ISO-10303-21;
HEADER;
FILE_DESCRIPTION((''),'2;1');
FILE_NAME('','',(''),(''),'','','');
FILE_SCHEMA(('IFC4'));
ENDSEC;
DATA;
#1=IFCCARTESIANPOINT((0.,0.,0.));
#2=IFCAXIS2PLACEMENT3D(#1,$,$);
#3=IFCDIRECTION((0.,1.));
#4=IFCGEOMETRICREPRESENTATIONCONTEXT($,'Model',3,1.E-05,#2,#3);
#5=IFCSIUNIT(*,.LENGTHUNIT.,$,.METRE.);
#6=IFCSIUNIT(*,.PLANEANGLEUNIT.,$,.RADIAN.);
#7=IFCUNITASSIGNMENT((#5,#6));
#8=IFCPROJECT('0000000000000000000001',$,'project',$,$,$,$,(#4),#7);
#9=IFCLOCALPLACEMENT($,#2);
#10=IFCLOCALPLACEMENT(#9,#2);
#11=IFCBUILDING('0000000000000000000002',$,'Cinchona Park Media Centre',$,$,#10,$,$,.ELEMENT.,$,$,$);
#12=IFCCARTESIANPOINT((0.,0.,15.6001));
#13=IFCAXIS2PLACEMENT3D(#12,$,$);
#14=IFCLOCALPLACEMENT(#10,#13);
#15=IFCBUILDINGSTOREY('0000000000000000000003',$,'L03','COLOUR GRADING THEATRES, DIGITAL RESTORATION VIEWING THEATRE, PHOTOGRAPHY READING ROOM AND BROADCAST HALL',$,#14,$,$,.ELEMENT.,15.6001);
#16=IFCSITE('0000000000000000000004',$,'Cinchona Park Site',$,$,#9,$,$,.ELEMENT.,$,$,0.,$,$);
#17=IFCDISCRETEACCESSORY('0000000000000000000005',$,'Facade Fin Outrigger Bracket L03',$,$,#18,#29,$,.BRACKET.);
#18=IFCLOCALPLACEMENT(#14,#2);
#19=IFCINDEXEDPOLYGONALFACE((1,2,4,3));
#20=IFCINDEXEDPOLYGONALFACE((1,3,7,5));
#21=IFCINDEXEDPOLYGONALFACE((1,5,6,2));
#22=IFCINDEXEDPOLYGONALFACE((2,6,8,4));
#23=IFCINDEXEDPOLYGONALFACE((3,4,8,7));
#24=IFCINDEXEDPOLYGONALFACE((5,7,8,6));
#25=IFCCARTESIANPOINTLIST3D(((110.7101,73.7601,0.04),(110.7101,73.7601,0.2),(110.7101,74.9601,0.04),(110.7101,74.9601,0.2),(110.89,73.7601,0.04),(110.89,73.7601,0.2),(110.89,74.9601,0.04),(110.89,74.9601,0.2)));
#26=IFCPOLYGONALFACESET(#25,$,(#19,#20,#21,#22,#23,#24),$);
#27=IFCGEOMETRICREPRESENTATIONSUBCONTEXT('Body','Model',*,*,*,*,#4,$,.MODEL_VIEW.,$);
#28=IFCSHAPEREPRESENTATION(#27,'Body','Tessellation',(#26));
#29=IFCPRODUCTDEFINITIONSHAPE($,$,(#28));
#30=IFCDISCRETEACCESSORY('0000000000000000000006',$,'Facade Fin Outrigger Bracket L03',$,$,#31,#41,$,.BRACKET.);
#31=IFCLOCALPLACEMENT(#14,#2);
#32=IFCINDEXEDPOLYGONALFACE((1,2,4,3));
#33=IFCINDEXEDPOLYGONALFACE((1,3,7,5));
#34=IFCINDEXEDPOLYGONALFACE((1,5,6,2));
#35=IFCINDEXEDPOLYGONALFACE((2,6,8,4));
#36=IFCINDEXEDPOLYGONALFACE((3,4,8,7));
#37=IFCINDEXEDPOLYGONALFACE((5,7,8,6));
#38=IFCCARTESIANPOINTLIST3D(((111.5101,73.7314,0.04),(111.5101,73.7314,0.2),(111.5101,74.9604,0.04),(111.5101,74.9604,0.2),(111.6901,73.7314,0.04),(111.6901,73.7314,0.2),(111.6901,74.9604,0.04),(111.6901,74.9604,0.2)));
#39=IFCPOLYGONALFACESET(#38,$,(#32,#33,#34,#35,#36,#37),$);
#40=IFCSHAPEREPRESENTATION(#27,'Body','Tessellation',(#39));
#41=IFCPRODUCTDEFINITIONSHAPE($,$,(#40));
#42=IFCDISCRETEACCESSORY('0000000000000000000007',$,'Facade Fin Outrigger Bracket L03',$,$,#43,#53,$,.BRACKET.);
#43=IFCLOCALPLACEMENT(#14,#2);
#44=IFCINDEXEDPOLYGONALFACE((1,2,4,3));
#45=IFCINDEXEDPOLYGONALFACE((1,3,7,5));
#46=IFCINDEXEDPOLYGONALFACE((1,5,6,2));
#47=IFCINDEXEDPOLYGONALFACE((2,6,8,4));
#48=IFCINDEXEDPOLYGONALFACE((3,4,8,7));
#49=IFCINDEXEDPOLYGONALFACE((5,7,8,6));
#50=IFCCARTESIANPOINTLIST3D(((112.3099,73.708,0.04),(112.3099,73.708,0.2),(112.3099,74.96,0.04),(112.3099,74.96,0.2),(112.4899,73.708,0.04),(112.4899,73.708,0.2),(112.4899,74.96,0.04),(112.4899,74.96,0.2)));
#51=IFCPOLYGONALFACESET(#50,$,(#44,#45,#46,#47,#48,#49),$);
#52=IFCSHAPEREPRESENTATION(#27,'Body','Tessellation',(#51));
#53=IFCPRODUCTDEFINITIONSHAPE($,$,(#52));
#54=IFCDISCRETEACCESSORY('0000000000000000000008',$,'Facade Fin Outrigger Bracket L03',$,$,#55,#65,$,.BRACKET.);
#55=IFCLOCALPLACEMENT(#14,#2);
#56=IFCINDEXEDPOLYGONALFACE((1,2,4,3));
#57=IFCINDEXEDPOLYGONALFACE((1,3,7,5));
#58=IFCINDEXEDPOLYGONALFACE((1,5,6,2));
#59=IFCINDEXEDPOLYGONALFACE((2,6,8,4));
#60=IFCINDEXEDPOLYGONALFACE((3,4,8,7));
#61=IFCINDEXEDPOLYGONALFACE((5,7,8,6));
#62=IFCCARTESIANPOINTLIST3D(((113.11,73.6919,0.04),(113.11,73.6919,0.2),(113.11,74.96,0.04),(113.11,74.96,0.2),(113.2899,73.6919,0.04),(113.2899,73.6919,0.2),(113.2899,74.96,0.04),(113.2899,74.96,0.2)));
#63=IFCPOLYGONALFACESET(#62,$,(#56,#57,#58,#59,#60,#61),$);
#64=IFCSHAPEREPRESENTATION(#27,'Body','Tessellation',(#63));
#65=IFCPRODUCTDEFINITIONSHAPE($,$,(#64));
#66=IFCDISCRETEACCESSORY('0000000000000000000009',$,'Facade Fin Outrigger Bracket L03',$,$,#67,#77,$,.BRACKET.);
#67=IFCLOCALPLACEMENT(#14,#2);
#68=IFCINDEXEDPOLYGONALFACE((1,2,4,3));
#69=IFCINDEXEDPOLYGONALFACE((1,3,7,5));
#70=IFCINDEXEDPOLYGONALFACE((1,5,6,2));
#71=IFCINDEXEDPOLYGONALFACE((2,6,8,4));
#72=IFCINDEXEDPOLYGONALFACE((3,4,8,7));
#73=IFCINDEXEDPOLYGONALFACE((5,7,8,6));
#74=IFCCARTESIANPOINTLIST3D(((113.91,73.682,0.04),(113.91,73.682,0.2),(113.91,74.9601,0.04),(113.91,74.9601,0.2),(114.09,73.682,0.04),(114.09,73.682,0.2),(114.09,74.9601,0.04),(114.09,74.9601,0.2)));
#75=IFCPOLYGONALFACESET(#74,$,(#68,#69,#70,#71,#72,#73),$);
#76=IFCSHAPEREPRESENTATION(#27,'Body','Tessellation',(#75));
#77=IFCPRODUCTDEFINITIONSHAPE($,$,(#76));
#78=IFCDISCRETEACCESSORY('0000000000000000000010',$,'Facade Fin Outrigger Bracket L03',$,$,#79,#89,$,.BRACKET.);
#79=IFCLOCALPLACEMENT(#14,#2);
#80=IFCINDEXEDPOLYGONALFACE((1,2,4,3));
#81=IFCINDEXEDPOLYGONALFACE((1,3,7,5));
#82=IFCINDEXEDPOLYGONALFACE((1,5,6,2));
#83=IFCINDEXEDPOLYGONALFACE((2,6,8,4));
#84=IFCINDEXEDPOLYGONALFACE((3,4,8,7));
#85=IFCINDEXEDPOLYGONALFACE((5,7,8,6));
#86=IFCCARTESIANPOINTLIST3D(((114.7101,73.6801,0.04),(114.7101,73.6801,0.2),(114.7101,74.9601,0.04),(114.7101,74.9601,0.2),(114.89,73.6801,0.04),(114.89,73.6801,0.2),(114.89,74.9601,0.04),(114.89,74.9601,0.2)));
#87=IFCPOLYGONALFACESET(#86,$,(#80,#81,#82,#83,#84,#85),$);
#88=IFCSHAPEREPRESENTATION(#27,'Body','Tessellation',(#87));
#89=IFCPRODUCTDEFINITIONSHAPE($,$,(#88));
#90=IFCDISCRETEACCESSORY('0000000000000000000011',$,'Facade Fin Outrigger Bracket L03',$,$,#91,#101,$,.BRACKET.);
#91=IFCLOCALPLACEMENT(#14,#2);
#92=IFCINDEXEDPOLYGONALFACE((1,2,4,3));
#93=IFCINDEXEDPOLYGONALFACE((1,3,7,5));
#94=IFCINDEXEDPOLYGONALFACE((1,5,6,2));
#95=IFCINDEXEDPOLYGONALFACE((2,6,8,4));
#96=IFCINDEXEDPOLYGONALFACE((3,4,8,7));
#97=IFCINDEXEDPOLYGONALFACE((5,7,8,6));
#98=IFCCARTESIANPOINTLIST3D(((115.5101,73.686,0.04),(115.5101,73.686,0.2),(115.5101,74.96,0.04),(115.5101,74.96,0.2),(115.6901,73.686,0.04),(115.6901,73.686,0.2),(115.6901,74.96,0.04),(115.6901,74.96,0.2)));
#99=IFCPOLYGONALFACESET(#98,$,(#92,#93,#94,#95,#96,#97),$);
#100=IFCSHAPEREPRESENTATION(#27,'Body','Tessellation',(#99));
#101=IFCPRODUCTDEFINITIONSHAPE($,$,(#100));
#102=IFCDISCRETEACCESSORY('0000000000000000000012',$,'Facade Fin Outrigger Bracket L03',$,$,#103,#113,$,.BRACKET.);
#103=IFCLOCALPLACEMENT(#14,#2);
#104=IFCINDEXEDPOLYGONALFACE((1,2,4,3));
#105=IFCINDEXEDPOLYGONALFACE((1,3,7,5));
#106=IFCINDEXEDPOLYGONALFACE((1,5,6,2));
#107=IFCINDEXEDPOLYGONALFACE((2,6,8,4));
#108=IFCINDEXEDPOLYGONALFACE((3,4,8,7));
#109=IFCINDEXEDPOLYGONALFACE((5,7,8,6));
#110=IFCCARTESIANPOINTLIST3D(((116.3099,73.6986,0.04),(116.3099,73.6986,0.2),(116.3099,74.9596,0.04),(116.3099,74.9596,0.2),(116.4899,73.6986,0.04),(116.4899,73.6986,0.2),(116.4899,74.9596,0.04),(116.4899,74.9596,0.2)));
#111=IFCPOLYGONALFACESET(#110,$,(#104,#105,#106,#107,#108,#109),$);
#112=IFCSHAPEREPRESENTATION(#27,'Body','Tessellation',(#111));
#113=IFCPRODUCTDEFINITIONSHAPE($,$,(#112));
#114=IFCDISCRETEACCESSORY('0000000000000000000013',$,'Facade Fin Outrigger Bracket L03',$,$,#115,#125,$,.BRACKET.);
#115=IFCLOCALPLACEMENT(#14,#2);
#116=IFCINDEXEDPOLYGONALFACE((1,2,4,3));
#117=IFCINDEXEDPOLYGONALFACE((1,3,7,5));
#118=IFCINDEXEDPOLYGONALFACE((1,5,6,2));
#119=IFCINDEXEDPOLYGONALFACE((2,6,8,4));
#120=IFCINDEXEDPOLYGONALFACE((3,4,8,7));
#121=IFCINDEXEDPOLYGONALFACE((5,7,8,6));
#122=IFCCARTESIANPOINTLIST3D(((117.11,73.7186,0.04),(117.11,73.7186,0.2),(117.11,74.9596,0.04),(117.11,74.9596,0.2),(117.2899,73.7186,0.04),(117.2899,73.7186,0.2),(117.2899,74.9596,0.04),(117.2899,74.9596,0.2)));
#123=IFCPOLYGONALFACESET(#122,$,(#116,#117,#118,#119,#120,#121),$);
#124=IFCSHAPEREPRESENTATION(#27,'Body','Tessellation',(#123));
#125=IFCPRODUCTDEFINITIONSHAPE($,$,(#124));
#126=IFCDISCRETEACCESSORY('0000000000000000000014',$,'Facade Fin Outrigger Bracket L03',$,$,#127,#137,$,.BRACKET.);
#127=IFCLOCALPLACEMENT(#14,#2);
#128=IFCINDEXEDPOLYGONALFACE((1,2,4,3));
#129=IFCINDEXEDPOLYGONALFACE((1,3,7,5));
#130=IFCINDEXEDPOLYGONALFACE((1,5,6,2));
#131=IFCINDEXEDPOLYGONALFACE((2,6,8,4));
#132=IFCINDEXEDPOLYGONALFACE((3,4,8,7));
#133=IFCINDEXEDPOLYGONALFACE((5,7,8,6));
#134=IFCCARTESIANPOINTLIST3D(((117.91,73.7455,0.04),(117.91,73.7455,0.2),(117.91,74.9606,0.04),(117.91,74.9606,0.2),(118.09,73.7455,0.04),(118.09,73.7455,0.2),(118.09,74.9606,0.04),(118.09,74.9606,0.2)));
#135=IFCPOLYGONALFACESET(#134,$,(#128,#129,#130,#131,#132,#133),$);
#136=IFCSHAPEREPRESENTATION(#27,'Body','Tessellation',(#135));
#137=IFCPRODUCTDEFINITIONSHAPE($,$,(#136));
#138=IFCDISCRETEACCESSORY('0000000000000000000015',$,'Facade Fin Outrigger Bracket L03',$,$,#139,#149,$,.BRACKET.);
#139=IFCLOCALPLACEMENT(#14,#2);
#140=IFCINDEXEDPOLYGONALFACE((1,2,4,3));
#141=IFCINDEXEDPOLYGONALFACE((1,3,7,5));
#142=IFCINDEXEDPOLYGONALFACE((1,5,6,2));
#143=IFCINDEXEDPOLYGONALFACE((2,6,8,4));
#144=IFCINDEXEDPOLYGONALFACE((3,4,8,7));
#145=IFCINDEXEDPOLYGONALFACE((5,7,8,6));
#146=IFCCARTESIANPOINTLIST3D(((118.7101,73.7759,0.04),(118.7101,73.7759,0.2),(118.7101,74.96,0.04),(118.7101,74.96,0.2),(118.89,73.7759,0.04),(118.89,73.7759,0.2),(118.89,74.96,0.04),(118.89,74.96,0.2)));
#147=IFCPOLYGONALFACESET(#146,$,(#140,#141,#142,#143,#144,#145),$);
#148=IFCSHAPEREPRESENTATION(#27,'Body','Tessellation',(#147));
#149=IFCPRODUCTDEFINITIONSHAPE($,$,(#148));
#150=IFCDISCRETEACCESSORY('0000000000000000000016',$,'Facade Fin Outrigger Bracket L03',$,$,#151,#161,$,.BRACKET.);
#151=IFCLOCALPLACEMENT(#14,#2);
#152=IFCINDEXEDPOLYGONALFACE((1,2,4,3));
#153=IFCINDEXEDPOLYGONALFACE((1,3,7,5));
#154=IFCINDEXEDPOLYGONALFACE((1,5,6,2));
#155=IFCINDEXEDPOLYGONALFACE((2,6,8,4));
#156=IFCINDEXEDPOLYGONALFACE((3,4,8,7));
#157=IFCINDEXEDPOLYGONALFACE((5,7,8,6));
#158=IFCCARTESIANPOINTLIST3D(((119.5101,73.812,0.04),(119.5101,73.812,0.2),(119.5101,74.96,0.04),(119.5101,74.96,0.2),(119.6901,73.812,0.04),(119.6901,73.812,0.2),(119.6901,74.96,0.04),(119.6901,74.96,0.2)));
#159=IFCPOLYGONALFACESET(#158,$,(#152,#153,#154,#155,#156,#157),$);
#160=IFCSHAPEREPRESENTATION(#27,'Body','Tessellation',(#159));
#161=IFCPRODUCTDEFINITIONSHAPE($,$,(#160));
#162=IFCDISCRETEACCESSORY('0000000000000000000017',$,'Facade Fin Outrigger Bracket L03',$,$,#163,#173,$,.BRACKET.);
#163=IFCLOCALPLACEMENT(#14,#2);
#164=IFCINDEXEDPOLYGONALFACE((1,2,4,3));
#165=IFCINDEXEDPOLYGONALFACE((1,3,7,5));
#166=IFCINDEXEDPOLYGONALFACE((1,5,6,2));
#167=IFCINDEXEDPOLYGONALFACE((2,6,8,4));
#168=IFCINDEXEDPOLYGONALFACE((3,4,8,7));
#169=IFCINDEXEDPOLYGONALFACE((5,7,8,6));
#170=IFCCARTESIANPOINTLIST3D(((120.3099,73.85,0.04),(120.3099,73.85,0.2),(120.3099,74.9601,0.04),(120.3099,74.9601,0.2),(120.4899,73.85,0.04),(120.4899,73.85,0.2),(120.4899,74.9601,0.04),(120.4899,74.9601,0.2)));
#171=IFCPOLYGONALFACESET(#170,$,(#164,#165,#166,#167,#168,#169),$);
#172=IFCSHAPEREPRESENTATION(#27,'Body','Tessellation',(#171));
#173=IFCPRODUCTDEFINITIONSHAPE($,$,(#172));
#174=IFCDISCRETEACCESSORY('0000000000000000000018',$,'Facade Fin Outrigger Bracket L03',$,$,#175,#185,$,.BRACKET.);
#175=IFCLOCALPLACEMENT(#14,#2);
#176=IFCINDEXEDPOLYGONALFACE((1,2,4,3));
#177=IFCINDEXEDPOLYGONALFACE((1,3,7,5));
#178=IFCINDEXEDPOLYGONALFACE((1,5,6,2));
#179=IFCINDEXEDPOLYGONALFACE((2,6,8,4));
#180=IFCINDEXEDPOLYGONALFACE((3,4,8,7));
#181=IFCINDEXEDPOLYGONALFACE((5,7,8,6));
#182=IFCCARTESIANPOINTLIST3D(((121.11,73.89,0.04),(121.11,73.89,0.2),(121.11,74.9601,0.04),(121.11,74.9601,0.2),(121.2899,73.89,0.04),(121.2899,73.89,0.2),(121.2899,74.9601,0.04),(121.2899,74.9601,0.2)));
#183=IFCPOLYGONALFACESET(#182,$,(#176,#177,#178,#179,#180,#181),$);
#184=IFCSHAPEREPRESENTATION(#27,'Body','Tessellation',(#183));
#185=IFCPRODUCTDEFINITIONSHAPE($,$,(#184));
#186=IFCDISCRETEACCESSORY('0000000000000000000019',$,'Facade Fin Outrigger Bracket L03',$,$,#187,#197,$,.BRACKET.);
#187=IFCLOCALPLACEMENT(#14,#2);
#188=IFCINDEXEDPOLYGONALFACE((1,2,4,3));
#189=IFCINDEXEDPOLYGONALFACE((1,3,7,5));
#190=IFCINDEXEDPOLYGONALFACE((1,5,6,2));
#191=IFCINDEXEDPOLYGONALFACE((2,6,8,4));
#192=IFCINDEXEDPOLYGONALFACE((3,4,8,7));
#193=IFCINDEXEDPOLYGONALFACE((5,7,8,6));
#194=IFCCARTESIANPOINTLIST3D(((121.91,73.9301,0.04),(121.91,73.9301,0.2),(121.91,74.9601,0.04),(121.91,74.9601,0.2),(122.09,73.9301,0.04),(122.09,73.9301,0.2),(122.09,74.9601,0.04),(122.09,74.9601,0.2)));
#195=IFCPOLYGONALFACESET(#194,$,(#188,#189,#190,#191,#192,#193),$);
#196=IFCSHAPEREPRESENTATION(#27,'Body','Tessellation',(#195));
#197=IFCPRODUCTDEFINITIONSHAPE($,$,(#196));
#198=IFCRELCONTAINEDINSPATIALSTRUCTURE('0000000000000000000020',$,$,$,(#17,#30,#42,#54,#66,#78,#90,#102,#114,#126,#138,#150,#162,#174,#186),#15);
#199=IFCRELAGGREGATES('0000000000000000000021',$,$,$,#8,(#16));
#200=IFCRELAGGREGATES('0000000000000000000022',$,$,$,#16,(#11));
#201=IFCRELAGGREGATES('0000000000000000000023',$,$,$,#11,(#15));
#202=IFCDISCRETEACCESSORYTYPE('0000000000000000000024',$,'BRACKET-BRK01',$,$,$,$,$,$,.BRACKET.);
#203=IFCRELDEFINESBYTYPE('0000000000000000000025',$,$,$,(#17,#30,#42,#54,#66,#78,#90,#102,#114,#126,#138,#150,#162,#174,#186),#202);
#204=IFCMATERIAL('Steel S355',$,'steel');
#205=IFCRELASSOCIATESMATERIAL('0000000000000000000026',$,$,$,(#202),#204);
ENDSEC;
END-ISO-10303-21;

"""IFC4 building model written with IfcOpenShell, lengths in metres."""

from ifc_helpers import new_model, si_unit, direction, frame, origin, origin_2d, place, context, subcontext, project, spatial, rectangle, extrude, material, type_object, element, save


model = new_model("IFC4")

# Units and contexts
model_context = context("Model", 3, precision=1e-05, world=origin(), true_north=direction((0.0, 1.0)))
body_context = subcontext(model_context, "Body", "Model", "MODEL_VIEW")
ifc_project = project(units=[si_unit("LENGTHUNIT", "METRE"), si_unit("PLANEANGLEUNIT", "RADIAN")], contexts=[model_context])

# Site, building, storey
site_placement = place(None, origin())
site = spatial("IfcSite", under=ifc_project, at=site_placement, Name="Cinchona Park Site", CompositionType="ELEMENT", RefElevation=0.0)
building_placement = place(site_placement, origin())
building = spatial("IfcBuilding", under=site, at=building_placement, Name="Cinchona Park Media Centre", CompositionType="ELEMENT")
storey_placement = place(building_placement, frame((0.0, 0.0, 15.6001)))
storey = spatial("IfcBuildingStorey", under=building, at=storey_placement, Name="L03", Description="COLOUR GRADING THEATRES, DIGITAL RESTORATION VIEWING THEATRE, PHOTOGRAPHY READING ROOM AND BROADCAST HALL", CompositionType="ELEMENT", Elevation=15.6001)

# Discrete accessories
ifc_material_1 = material(Name="Steel S355", Category="steel")
discrete_accessory_type = type_object("IfcDiscreteAccessoryType", Name="BRACKET-BRK01", PredefinedType="BRACKET", material=ifc_material_1)
discrete_accessory_1_placement = place(storey_placement, frame((110.8, 74.3601, 0.04), z_axis=(0.0, 0.0, 1.0), x_axis=(1.0, 0.0, 0.0)))
element("IfcDiscreteAccessory", 1, at=discrete_accessory_1_placement, inside=storey, type_object=discrete_accessory_type, Name="Facade Fin Outrigger Bracket L03", PredefinedType="BRACKET", context=body_context, shape_type="SweptSolid", body=[
    extrude(rectangle(XDim=0.1799, YDim=1.2, at=origin_2d()), origin(), (0.0, 0.0, 1.0), 0.1599),
])
discrete_accessory_2_placement = place(storey_placement, frame((111.6001, 74.3459, 0.04), z_axis=(0.0, 0.0, 1.0), x_axis=(1.0, 0.0, 0.0)))
element("IfcDiscreteAccessory", 2, at=discrete_accessory_2_placement, inside=storey, type_object=discrete_accessory_type, Name="Facade Fin Outrigger Bracket L03", PredefinedType="BRACKET", context=body_context, shape_type="SweptSolid", body=[
    extrude(rectangle(XDim=0.1799, YDim=1.229, at=origin_2d()), origin(), (0.0, 0.0, 1.0), 0.1599),
])
discrete_accessory_3_placement = place(storey_placement, frame((112.3999, 74.334, 0.04), z_axis=(0.0, 0.0, 1.0), x_axis=(1.0, 0.0, 0.0)))
element("IfcDiscreteAccessory", 3, at=discrete_accessory_3_placement, inside=storey, type_object=discrete_accessory_type, Name="Facade Fin Outrigger Bracket L03", PredefinedType="BRACKET", context=body_context, shape_type="SweptSolid", body=[
    extrude(rectangle(XDim=0.1799, YDim=1.252, at=origin_2d()), origin(), (0.0, 0.0, 1.0), 0.1599),
])
discrete_accessory_4_placement = place(storey_placement, frame((113.2, 74.3259, 0.04), z_axis=(0.0, 0.0, 1.0), x_axis=(1.0, 0.0, 0.0)))
element("IfcDiscreteAccessory", 4, at=discrete_accessory_4_placement, inside=storey, type_object=discrete_accessory_type, Name="Facade Fin Outrigger Bracket L03", PredefinedType="BRACKET", context=body_context, shape_type="SweptSolid", body=[
    extrude(rectangle(XDim=0.1799, YDim=1.2681, at=origin_2d()), origin(), (0.0, 0.0, 1.0), 0.1599),
])
discrete_accessory_5_placement = place(storey_placement, frame((114.0, 74.321, 0.04), z_axis=(0.0, 0.0, 1.0), x_axis=(1.0, 0.0, 0.0)))
element("IfcDiscreteAccessory", 5, at=discrete_accessory_5_placement, inside=storey, type_object=discrete_accessory_type, Name="Facade Fin Outrigger Bracket L03", PredefinedType="BRACKET", context=body_context, shape_type="SweptSolid", body=[
    extrude(rectangle(XDim=0.1799, YDim=1.2781, at=origin_2d()), origin(), (0.0, 0.0, 1.0), 0.1599),
])
discrete_accessory_6_placement = place(storey_placement, frame((114.8, 74.3201, 0.04), z_axis=(0.0, 0.0, 1.0), x_axis=(1.0, 0.0, 0.0)))
element("IfcDiscreteAccessory", 6, at=discrete_accessory_6_placement, inside=storey, type_object=discrete_accessory_type, Name="Facade Fin Outrigger Bracket L03", PredefinedType="BRACKET", context=body_context, shape_type="SweptSolid", body=[
    extrude(rectangle(XDim=0.1799, YDim=1.28, at=origin_2d()), origin(), (0.0, 0.0, 1.0), 0.1599),
])
discrete_accessory_7_placement = place(storey_placement, frame((115.6001, 74.323, 0.04), z_axis=(0.0, 0.0, 1.0), x_axis=(1.0, 0.0, 0.0)))
element("IfcDiscreteAccessory", 7, at=discrete_accessory_7_placement, inside=storey, type_object=discrete_accessory_type, Name="Facade Fin Outrigger Bracket L03", PredefinedType="BRACKET", context=body_context, shape_type="SweptSolid", body=[
    extrude(rectangle(XDim=0.1799, YDim=1.2739, at=origin_2d()), origin(), (0.0, 0.0, 1.0), 0.1599),
])
discrete_accessory_8_placement = place(storey_placement, frame((116.3999, 74.3291, 0.04), z_axis=(0.0, 0.0, 1.0), x_axis=(1.0, 0.0, 0.0)))
element("IfcDiscreteAccessory", 8, at=discrete_accessory_8_placement, inside=storey, type_object=discrete_accessory_type, Name="Facade Fin Outrigger Bracket L03", PredefinedType="BRACKET", context=body_context, shape_type="SweptSolid", body=[
    extrude(rectangle(XDim=0.1799, YDim=1.261, at=origin_2d()), origin(), (0.0, 0.0, 1.0), 0.1599),
])
discrete_accessory_9_placement = place(storey_placement, frame((117.2, 74.3391, 0.04), z_axis=(0.0, 0.0, 1.0), x_axis=(1.0, 0.0, 0.0)))
element("IfcDiscreteAccessory", 9, at=discrete_accessory_9_placement, inside=storey, type_object=discrete_accessory_type, Name="Facade Fin Outrigger Bracket L03", PredefinedType="BRACKET", context=body_context, shape_type="SweptSolid", body=[
    extrude(rectangle(XDim=0.1799, YDim=1.241, at=origin_2d()), origin(), (0.0, 0.0, 1.0), 0.1599),
])
discrete_accessory_10_placement = place(storey_placement, frame((118.0, 74.353, 0.04), z_axis=(0.0, 0.0, 1.0), x_axis=(1.0, 0.0, 0.0)))
element("IfcDiscreteAccessory", 10, at=discrete_accessory_10_placement, inside=storey, type_object=discrete_accessory_type, Name="Facade Fin Outrigger Bracket L03", PredefinedType="BRACKET", context=body_context, shape_type="SweptSolid", body=[
    extrude(rectangle(XDim=0.1799, YDim=1.2151, at=origin_2d()), origin(), (0.0, 0.0, 1.0), 0.1599),
])
discrete_accessory_11_placement = place(storey_placement, frame((118.8, 74.3679, 0.04), z_axis=(0.0, 0.0, 1.0), x_axis=(1.0, 0.0, 0.0)))
element("IfcDiscreteAccessory", 11, at=discrete_accessory_11_placement, inside=storey, type_object=discrete_accessory_type, Name="Facade Fin Outrigger Bracket L03", PredefinedType="BRACKET", context=body_context, shape_type="SweptSolid", body=[
    extrude(rectangle(XDim=0.1799, YDim=1.1841, at=origin_2d()), origin(), (0.0, 0.0, 1.0), 0.1599),
])
discrete_accessory_12_placement = place(storey_placement, frame((119.6001, 74.386, 0.04), z_axis=(0.0, 0.0, 1.0), x_axis=(1.0, 0.0, 0.0)))
element("IfcDiscreteAccessory", 12, at=discrete_accessory_12_placement, inside=storey, type_object=discrete_accessory_type, Name="Facade Fin Outrigger Bracket L03", PredefinedType="BRACKET", context=body_context, shape_type="SweptSolid", body=[
    extrude(rectangle(XDim=0.1799, YDim=1.1479, at=origin_2d()), origin(), (0.0, 0.0, 1.0), 0.1599),
])
discrete_accessory_13_placement = place(storey_placement, frame((120.3999, 74.405, 0.04), z_axis=(0.0, 0.0, 1.0), x_axis=(1.0, 0.0, 0.0)))
element("IfcDiscreteAccessory", 13, at=discrete_accessory_13_placement, inside=storey, type_object=discrete_accessory_type, Name="Facade Fin Outrigger Bracket L03", PredefinedType="BRACKET", context=body_context, shape_type="SweptSolid", body=[
    extrude(rectangle(XDim=0.1799, YDim=1.1101, at=origin_2d()), origin(), (0.0, 0.0, 1.0), 0.1599),
])
discrete_accessory_14_placement = place(storey_placement, frame((121.2, 74.425, 0.04), z_axis=(0.0, 0.0, 1.0), x_axis=(1.0, 0.0, 0.0)))
element("IfcDiscreteAccessory", 14, at=discrete_accessory_14_placement, inside=storey, type_object=discrete_accessory_type, Name="Facade Fin Outrigger Bracket L03", PredefinedType="BRACKET", context=body_context, shape_type="SweptSolid", body=[
    extrude(rectangle(XDim=0.1799, YDim=1.0701, at=origin_2d()), origin(), (0.0, 0.0, 1.0), 0.1599),
])
discrete_accessory_15_placement = place(storey_placement, frame((122.0, 74.4451, 0.04), z_axis=(0.0, 0.0, 1.0), x_axis=(1.0, 0.0, 0.0)))
element("IfcDiscreteAccessory", 15, at=discrete_accessory_15_placement, inside=storey, type_object=discrete_accessory_type, Name="Facade Fin Outrigger Bracket L03", PredefinedType="BRACKET", context=body_context, shape_type="SweptSolid", body=[
    extrude(rectangle(XDim=0.1799, YDim=1.03, at=origin_2d()), origin(), (0.0, 0.0, 1.0), 0.1599),
])

save(model, "model.ifc")
